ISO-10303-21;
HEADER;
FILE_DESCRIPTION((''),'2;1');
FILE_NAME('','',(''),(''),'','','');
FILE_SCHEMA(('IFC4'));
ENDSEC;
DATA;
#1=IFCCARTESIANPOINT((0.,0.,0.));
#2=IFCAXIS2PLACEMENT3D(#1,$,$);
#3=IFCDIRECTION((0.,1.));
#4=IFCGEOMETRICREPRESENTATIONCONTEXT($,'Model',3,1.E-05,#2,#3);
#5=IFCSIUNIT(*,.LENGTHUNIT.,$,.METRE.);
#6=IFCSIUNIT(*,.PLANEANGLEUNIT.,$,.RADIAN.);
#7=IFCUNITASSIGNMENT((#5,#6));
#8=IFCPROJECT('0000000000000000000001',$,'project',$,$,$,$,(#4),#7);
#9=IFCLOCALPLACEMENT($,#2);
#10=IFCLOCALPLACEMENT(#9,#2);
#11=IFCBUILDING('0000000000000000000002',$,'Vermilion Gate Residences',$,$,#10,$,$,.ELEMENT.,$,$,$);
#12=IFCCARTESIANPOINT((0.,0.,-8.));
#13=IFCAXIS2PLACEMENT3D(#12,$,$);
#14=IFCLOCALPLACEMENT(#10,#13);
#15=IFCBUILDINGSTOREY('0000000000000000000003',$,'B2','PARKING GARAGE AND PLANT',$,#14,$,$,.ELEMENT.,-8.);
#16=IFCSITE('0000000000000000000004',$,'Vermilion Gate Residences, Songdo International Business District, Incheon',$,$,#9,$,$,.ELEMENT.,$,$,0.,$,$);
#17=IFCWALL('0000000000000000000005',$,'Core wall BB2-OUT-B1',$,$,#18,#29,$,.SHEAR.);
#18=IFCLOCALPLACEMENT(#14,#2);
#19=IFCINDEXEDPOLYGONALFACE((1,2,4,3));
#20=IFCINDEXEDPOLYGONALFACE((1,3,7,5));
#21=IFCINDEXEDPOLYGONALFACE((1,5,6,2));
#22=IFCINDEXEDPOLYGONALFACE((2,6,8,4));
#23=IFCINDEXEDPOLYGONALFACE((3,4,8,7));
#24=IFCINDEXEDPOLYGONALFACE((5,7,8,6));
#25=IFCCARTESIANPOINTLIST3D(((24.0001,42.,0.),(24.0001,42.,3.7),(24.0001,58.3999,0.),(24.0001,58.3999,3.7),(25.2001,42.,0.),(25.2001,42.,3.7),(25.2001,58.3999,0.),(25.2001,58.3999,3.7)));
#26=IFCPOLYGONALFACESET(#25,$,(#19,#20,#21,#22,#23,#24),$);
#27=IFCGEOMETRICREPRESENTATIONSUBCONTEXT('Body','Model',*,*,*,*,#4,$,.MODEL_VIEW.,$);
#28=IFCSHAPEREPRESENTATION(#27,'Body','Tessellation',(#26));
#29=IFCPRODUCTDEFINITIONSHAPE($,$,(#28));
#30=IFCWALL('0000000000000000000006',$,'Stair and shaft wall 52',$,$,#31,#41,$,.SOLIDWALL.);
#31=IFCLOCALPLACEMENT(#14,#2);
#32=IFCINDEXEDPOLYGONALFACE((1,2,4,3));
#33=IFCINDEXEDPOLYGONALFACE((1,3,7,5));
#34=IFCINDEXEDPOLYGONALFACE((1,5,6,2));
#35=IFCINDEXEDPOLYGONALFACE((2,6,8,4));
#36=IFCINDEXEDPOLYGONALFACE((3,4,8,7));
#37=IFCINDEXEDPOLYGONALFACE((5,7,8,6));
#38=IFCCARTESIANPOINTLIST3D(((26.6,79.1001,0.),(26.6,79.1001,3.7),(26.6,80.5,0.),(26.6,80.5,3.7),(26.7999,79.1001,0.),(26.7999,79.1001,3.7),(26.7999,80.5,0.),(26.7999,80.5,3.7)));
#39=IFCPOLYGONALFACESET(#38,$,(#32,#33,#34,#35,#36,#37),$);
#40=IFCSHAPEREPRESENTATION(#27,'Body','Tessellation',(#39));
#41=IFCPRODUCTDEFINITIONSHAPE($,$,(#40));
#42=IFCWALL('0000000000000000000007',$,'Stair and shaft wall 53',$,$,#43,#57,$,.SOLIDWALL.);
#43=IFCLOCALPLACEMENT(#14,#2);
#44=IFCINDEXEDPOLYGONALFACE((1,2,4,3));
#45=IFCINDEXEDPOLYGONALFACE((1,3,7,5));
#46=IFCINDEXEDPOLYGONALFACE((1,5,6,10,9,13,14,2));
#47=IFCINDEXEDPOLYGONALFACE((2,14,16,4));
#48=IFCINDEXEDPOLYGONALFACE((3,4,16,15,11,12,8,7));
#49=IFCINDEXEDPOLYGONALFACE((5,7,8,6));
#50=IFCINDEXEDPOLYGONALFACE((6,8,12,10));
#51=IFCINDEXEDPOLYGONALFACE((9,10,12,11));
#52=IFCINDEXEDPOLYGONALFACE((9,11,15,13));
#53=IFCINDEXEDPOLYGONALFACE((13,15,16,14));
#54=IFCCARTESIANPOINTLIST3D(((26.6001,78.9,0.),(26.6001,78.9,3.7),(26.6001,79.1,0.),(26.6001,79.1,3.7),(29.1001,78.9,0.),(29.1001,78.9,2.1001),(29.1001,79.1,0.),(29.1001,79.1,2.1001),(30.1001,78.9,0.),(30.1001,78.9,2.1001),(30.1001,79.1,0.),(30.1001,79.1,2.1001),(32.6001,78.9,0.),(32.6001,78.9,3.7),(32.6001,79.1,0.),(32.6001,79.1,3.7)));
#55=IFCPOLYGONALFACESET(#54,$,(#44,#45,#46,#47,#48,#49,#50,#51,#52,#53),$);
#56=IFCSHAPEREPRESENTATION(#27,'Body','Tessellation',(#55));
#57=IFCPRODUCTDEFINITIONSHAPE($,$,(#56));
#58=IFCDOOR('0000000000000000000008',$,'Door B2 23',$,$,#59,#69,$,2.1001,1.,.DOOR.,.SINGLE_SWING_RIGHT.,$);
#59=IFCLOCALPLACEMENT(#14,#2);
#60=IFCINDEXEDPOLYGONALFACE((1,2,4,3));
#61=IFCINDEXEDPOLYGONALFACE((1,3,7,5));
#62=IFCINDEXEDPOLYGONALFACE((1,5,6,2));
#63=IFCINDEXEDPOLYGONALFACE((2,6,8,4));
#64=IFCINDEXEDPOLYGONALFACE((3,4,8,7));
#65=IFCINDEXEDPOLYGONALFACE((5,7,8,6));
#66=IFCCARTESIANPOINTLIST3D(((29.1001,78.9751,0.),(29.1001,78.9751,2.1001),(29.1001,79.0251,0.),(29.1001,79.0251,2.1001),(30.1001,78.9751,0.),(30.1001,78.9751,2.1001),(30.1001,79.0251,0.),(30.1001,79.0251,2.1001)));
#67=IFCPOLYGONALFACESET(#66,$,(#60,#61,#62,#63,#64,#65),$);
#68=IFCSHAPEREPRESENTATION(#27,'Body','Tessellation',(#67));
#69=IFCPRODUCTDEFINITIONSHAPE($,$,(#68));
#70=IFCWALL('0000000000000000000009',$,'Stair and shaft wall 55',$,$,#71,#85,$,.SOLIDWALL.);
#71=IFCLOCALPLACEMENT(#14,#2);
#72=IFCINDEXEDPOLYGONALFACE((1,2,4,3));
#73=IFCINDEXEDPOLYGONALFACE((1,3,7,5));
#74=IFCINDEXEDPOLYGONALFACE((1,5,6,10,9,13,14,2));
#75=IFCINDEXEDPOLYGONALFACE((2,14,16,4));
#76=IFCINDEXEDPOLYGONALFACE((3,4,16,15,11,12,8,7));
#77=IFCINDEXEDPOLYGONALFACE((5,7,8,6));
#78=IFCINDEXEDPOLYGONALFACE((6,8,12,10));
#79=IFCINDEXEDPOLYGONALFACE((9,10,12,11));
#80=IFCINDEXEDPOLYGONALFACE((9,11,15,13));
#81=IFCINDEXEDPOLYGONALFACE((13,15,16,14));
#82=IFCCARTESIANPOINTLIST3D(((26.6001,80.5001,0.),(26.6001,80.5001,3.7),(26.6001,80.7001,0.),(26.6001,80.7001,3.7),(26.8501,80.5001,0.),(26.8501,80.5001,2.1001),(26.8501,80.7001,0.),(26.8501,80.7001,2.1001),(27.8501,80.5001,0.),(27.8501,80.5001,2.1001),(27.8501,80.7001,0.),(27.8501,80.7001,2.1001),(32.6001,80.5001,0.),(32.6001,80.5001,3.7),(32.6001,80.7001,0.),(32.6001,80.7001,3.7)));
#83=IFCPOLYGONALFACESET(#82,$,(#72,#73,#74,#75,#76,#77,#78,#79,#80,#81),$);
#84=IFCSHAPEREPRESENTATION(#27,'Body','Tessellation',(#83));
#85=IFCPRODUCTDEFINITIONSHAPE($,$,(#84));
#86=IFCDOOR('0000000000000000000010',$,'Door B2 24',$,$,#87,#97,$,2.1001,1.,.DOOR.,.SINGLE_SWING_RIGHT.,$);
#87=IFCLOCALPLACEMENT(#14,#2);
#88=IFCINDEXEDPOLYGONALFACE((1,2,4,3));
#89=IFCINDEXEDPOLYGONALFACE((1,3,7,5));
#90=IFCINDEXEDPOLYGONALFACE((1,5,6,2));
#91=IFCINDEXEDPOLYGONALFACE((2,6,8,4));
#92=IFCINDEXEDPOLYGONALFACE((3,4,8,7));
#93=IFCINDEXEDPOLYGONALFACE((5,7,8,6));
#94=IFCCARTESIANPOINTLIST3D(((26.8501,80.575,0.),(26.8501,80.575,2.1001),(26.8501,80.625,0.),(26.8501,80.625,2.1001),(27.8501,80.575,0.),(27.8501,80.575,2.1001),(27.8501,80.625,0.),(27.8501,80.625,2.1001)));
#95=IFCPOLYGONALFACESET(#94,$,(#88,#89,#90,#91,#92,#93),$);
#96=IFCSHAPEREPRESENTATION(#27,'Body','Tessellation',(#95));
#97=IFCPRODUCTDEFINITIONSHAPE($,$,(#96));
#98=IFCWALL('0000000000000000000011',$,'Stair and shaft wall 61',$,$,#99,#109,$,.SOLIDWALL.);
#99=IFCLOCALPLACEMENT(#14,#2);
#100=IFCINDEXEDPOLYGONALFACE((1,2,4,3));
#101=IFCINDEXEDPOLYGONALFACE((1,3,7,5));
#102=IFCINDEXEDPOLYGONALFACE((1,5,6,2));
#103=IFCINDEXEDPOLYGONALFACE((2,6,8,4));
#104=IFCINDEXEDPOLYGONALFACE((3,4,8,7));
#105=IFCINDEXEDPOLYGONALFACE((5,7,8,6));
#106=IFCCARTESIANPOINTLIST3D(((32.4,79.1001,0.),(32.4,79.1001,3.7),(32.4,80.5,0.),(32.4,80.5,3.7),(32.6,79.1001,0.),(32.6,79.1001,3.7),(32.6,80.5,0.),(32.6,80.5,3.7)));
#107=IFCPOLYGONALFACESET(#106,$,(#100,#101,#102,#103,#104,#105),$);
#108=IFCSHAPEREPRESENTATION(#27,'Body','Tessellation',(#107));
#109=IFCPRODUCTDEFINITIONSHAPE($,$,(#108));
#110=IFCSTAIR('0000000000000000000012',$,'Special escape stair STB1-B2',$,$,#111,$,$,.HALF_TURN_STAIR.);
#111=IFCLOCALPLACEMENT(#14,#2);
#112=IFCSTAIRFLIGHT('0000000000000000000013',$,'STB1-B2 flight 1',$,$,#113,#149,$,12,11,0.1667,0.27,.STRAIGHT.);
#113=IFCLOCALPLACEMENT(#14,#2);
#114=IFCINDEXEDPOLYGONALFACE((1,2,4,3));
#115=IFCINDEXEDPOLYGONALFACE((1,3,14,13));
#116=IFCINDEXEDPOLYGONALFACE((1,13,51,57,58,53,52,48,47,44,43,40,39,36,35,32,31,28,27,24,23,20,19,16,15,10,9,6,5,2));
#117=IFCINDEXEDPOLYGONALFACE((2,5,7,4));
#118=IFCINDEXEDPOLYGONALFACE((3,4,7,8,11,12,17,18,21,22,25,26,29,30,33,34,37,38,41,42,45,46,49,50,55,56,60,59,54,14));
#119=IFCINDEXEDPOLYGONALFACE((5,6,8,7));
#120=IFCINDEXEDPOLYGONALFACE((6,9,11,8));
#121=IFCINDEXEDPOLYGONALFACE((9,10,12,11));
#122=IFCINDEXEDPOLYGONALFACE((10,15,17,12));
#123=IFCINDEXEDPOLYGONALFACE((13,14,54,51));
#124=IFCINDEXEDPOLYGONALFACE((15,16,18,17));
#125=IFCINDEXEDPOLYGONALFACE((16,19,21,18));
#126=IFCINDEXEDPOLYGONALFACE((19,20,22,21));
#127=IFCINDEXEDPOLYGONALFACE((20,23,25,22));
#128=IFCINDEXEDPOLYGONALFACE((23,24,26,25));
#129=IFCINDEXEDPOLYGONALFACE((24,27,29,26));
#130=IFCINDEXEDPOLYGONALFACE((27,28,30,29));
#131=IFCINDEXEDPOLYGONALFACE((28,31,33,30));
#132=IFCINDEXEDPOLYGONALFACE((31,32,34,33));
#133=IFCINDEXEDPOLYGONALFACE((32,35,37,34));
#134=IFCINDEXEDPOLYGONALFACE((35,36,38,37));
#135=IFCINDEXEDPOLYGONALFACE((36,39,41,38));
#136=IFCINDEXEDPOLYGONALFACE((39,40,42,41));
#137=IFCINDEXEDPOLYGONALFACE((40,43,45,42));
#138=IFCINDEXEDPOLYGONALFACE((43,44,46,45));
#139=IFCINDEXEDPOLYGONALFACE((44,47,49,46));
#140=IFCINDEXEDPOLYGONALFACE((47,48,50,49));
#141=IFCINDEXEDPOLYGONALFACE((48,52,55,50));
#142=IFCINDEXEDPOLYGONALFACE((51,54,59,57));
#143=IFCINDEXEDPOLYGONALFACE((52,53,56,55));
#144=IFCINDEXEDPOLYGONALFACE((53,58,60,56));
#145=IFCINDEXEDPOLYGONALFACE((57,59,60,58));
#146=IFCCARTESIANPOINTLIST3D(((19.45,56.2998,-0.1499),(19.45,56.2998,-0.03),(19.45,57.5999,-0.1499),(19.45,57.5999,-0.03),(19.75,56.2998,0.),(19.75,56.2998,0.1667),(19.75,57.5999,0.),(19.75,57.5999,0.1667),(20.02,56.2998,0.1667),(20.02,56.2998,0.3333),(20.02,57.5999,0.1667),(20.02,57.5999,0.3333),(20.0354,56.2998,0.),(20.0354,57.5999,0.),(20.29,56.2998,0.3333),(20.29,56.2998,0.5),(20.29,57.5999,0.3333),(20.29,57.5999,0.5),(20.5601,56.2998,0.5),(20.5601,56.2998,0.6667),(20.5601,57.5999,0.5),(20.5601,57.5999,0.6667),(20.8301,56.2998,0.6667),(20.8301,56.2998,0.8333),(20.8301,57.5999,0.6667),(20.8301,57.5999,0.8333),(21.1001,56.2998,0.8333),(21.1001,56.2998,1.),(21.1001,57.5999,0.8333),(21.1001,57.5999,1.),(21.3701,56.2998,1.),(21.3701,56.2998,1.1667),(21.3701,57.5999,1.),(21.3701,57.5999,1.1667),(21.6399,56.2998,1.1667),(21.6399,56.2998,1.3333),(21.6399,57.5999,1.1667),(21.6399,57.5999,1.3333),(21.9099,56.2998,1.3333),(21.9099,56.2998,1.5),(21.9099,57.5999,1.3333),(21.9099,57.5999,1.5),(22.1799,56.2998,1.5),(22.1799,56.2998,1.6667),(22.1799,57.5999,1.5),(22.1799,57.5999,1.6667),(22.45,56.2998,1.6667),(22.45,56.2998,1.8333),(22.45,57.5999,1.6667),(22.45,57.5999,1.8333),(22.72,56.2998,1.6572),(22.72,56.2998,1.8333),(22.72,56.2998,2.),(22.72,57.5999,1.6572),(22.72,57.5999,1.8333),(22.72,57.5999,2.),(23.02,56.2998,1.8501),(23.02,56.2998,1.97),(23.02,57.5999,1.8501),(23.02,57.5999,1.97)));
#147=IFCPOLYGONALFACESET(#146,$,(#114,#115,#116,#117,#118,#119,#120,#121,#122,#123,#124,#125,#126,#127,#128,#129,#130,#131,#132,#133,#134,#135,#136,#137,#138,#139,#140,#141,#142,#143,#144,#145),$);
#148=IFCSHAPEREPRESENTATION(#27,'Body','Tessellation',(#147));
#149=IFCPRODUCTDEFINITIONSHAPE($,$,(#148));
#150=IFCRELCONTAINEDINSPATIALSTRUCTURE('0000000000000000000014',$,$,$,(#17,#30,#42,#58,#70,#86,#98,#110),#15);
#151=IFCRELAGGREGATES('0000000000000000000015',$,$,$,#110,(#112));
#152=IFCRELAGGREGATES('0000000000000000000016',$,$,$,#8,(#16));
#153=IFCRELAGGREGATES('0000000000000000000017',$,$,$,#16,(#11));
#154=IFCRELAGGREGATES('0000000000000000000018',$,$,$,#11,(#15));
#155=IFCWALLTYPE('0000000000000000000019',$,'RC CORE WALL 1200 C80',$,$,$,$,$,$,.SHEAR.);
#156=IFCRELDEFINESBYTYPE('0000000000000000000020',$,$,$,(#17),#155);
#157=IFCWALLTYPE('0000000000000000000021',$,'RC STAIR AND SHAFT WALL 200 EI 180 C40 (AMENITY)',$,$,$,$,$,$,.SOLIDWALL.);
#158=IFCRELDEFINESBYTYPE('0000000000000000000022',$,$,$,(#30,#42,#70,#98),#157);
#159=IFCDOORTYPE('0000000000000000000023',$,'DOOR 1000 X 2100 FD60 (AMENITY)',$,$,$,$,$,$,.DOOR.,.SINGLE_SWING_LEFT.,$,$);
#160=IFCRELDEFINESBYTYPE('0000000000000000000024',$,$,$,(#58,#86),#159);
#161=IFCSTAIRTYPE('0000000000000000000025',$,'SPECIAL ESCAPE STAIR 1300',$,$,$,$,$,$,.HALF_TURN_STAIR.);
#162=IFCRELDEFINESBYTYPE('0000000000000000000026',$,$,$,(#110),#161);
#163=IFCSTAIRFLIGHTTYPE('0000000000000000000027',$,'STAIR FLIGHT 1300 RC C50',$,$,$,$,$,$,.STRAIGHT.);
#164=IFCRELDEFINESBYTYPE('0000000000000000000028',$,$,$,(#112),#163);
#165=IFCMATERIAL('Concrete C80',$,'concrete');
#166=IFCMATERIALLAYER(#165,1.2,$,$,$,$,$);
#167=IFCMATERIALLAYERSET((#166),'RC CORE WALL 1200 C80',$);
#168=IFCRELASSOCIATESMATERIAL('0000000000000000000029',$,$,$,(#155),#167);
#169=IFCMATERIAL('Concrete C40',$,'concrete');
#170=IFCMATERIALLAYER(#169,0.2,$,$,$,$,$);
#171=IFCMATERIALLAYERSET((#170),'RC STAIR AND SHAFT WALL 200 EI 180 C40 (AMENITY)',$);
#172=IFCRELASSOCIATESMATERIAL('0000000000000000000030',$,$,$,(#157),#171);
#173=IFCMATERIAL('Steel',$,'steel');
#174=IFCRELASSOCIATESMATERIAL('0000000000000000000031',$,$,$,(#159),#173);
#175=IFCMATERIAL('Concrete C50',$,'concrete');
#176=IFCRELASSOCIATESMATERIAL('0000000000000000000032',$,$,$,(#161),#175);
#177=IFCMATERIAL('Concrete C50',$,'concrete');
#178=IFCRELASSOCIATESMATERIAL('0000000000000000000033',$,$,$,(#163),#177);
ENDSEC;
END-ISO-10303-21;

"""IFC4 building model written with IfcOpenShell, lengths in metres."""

from ifc_helpers import new_model, si_unit, direction, frame, frame_2d, origin, place, context, subcontext, project, spatial, polyline, rectangle, outline, extrude, material, layer, layer_set, type_object, element, fill, aggregate, save


model = new_model("IFC4")

# Units and contexts
model_context = context("Model", 3, precision=1e-05, world=origin(), true_north=direction((0.0, 1.0)))
body_context = subcontext(model_context, "Body", "Model", "MODEL_VIEW")
ifc_project = project(units=[si_unit("LENGTHUNIT", "METRE"), si_unit("PLANEANGLEUNIT", "RADIAN")], contexts=[model_context])

# Site, building, storey
site_placement = place(None, origin())
site = spatial("IfcSite", under=ifc_project, at=site_placement, Name="Vermilion Gate Residences, Songdo International Business District, Incheon", CompositionType="ELEMENT", RefElevation=0.0)
building_placement = place(site_placement, origin())
building = spatial("IfcBuilding", under=site, at=building_placement, Name="Vermilion Gate Residences", CompositionType="ELEMENT")
storey_placement = place(building_placement, frame((0.0, 0.0, -8.0)))
storey = spatial("IfcBuildingStorey", under=building, at=storey_placement, Name="B2", Description="PARKING GARAGE AND PLANT", CompositionType="ELEMENT", Elevation=-8.0)

# Walls
ifc_material_1 = material(Name="Concrete C80", Category="concrete")
ifc_layer_1 = layer(ifc_material_1, 1.2)
ifc_layer_set_1 = layer_set([ifc_layer_1], Name="RC CORE WALL 1200 C80")
wall_type_1 = type_object("IfcWallType", Name="RC CORE WALL 1200 C80", PredefinedType="SHEAR", material=ifc_layer_set_1)
wall_1_placement = place(storey_placement, frame((24.6001, 58.3999, 0.0), z_axis=(0.0, 0.0, 1.0), x_axis=(0.0, -1.0, 0.0)))
element("IfcWall", 1, at=wall_1_placement, inside=storey, type_object=wall_type_1, Name="Core wall BB2-OUT-B1", PredefinedType="SHEAR", context=body_context, shape_type="SweptSolid", body=[
    extrude(rectangle(XDim=16.3999, YDim=1.2, at=frame_2d((8.2, 0.0))), origin(), (0.0, 0.0, 1.0), 3.7),
])
ifc_material_2 = material(Name="Concrete C40", Category="concrete")
ifc_layer_2 = layer(ifc_material_2, 0.2)
ifc_layer_set_2 = layer_set([ifc_layer_2], Name="RC STAIR AND SHAFT WALL 200 EI 180 C40 (AMENITY)")
wall_type_2 = type_object("IfcWallType", Name="RC STAIR AND SHAFT WALL 200 EI 180 C40 (AMENITY)", PredefinedType="SOLIDWALL", material=ifc_layer_set_2)
wall_2_placement = place(storey_placement, frame((26.7, 79.1001, 0.0), z_axis=(0.0, 0.0, 1.0), x_axis=(0.0, 1.0, 0.0)))
element("IfcWall", 2, at=wall_2_placement, inside=storey, type_object=wall_type_2, Name="Stair and shaft wall 52", PredefinedType="SOLIDWALL", context=body_context, shape_type="SweptSolid", body=[
    extrude(rectangle(XDim=1.3999, YDim=0.2, at=frame_2d((0.7, 0.0))), origin(), (0.0, 0.0, 1.0), 3.7),
])

# Walls, openings, doors
wall_3_placement = place(storey_placement, frame((26.6001, 79.0, 0.0), z_axis=(0.0, 0.0, 1.0), x_axis=(1.0, 0.0, 0.0)))
wall_3 = element("IfcWall", 3, at=wall_3_placement, inside=storey, type_object=wall_type_2, Name="Stair and shaft wall 53", PredefinedType="SOLIDWALL", context=body_context, shape_type="SweptSolid", body=[
    extrude(rectangle(XDim=6.0, YDim=0.2, at=frame_2d((3.0, 0.0))), origin(), (0.0, 0.0, 1.0), 3.7),
])
opening_1_placement = place(wall_3_placement, frame((2.5, 0.0, 0.0)))
opening_1 = element("IfcOpeningElement", 4, at=opening_1_placement, cuts=wall_3, PredefinedType="OPENING", context=body_context, shape_type="SweptSolid", body=[
    extrude(rectangle(XDim=1.0, YDim=2.1001, at=frame_2d((0.5, 1.05))), frame((0.0, 0.1099, 0.0), z_axis=(0.0, -1.0, 0.0), x_axis=(1.0, 0.0, 0.0)), (0.0, 0.0, 1.0), 0.22),
])
ifc_material_3 = material(Name="Steel", Category="steel")
door_type_1 = type_object("IfcDoorType", Name="DOOR 1000 X 2100 FD60 (AMENITY)", OperationType="SINGLE_SWING_LEFT", PredefinedType="DOOR", material=ifc_material_3)
door_1_placement = place(opening_1_placement, frame((1.0, 0.0, 0.0), z_axis=(0.0, 0.0, 1.0), x_axis=(-1.0, 0.0, 0.0)))
door_1 = element("IfcDoor", 5, at=door_1_placement, inside=storey, type_object=door_type_1, Name="Door B2 23", OperationType="SINGLE_SWING_RIGHT", OverallHeight=2.1001, OverallWidth=1.0, PredefinedType="DOOR", context=body_context, shape_type="SweptSolid", body=[
    extrude(rectangle(XDim=1.0, YDim=2.1001, at=frame_2d((0.5, 1.05))), frame((0.0, 0.0249, 0.0), z_axis=(0.0, -1.0, 0.0), x_axis=(1.0, 0.0, 0.0)), (0.0, 0.0, 1.0), 0.05),
])
fill(opening_1, door_1)
wall_4_placement = place(storey_placement, frame((26.6001, 80.6001, 0.0), z_axis=(0.0, 0.0, 1.0), x_axis=(1.0, 0.0, 0.0)))
wall_4 = element("IfcWall", 6, at=wall_4_placement, inside=storey, type_object=wall_type_2, Name="Stair and shaft wall 55", PredefinedType="SOLIDWALL", context=body_context, shape_type="SweptSolid", body=[
    extrude(rectangle(XDim=6.0, YDim=0.2, at=frame_2d((3.0, 0.0))), origin(), (0.0, 0.0, 1.0), 3.7),
])
opening_2_placement = place(wall_4_placement, frame((0.25, 0.0, 0.0)))
opening_2 = element("IfcOpeningElement", 7, at=opening_2_placement, cuts=wall_4, PredefinedType="OPENING", context=body_context, shape_type="SweptSolid", body=[
    extrude(rectangle(XDim=1.0, YDim=2.1001, at=frame_2d((0.5, 1.05))), frame((0.0, 0.1099, 0.0), z_axis=(0.0, -1.0, 0.0), x_axis=(1.0, 0.0, 0.0)), (0.0, 0.0, 1.0), 0.22),
])
door_2_placement = place(opening_2_placement, origin())
door_2 = element("IfcDoor", 8, at=door_2_placement, inside=storey, type_object=door_type_1, Name="Door B2 24", OperationType="SINGLE_SWING_RIGHT", OverallHeight=2.1001, OverallWidth=1.0, PredefinedType="DOOR", context=body_context, shape_type="SweptSolid", body=[
    extrude(rectangle(XDim=1.0, YDim=2.1001, at=frame_2d((0.5, 1.05))), frame((0.0, 0.0249, 0.0), z_axis=(0.0, -1.0, 0.0), x_axis=(1.0, 0.0, 0.0)), (0.0, 0.0, 1.0), 0.05),
])
fill(opening_2, door_2)

# Wall
wall_5_placement = place(storey_placement, frame((32.5, 79.1001, 0.0), z_axis=(0.0, 0.0, 1.0), x_axis=(0.0, 1.0, 0.0)))
element("IfcWall", 9, at=wall_5_placement, inside=storey, type_object=wall_type_2, Name="Stair and shaft wall 61", PredefinedType="SOLIDWALL", context=body_context, shape_type="SweptSolid", body=[
    extrude(rectangle(XDim=1.3999, YDim=0.2, at=frame_2d((0.7, 0.0))), origin(), (0.0, 0.0, 1.0), 3.7),
])

# Stair, stair flight
ifc_material_4 = material(Name="Concrete C50", Category="concrete")
stair_type = type_object("IfcStairType", Name="SPECIAL ESCAPE STAIR 1300", PredefinedType="HALF_TURN_STAIR", material=ifc_material_4)
stair_placement = place(storey_placement, origin())
stair = element("IfcStair", 10, at=stair_placement, inside=storey, type_object=stair_type, Name="Special escape stair STB1-B2", PredefinedType="HALF_TURN_STAIR")
ifc_material_5 = material(Name="Concrete C50", Category="concrete")
stair_flight_type = type_object("IfcStairFlightType", Name="STAIR FLIGHT 1300 RC C50", PredefinedType="STRAIGHT", material=ifc_material_5)
stair_flight_1_placement = place(storey_placement, frame((19.75, 56.95, 0.0), z_axis=(0.0, 0.0, 1.0), x_axis=(1.0, 0.0, 0.0)))
stair_flight_1 = element("IfcStairFlight", 11, at=stair_flight_1_placement, type_object=stair_flight_type, Name="STB1-B2 flight 1", NumberOfRisers=12, NumberOfTreads=11, PredefinedType="STRAIGHT", RiserHeight=0.1667, TreadLength=0.27, context=body_context, shape_type="SweptSolid", body=[
    extrude(outline(polyline([(-0.3, -0.1499), (-0.3, -0.03), (0.0, 0.0), (0.0, 0.1667), (0.27, 0.1667), (0.27, 0.3333), (0.54, 0.3333), (0.54, 0.5), (0.8101, 0.5), (0.8101, 0.6667), (1.0801, 0.6667), (1.0801, 0.8333), (1.3501, 0.8333), (1.3501, 1.0), (1.6201, 1.0), (1.6201, 1.1667), (1.8899, 1.1667), (1.8899, 1.3333), (2.1599, 1.3333), (2.1599, 1.5), (2.4299, 1.5), (2.4299, 1.6667), (2.7, 1.6667), (2.7, 1.8333), (2.97, 1.8333), (2.97, 2.0), (3.27, 1.97), (3.27, 1.8501), (2.97, 1.6572), (0.2854, 0.0), (-0.3, -0.1499)])), frame((0.0, 0.6499, 0.0), z_axis=(0.0, -1.0, 0.0), x_axis=(1.0, 0.0, 0.0)), (0.0, 0.0, 1.0), 1.3),
])
aggregate(stair, [stair_flight_1])

save(model, "model.ifc")
